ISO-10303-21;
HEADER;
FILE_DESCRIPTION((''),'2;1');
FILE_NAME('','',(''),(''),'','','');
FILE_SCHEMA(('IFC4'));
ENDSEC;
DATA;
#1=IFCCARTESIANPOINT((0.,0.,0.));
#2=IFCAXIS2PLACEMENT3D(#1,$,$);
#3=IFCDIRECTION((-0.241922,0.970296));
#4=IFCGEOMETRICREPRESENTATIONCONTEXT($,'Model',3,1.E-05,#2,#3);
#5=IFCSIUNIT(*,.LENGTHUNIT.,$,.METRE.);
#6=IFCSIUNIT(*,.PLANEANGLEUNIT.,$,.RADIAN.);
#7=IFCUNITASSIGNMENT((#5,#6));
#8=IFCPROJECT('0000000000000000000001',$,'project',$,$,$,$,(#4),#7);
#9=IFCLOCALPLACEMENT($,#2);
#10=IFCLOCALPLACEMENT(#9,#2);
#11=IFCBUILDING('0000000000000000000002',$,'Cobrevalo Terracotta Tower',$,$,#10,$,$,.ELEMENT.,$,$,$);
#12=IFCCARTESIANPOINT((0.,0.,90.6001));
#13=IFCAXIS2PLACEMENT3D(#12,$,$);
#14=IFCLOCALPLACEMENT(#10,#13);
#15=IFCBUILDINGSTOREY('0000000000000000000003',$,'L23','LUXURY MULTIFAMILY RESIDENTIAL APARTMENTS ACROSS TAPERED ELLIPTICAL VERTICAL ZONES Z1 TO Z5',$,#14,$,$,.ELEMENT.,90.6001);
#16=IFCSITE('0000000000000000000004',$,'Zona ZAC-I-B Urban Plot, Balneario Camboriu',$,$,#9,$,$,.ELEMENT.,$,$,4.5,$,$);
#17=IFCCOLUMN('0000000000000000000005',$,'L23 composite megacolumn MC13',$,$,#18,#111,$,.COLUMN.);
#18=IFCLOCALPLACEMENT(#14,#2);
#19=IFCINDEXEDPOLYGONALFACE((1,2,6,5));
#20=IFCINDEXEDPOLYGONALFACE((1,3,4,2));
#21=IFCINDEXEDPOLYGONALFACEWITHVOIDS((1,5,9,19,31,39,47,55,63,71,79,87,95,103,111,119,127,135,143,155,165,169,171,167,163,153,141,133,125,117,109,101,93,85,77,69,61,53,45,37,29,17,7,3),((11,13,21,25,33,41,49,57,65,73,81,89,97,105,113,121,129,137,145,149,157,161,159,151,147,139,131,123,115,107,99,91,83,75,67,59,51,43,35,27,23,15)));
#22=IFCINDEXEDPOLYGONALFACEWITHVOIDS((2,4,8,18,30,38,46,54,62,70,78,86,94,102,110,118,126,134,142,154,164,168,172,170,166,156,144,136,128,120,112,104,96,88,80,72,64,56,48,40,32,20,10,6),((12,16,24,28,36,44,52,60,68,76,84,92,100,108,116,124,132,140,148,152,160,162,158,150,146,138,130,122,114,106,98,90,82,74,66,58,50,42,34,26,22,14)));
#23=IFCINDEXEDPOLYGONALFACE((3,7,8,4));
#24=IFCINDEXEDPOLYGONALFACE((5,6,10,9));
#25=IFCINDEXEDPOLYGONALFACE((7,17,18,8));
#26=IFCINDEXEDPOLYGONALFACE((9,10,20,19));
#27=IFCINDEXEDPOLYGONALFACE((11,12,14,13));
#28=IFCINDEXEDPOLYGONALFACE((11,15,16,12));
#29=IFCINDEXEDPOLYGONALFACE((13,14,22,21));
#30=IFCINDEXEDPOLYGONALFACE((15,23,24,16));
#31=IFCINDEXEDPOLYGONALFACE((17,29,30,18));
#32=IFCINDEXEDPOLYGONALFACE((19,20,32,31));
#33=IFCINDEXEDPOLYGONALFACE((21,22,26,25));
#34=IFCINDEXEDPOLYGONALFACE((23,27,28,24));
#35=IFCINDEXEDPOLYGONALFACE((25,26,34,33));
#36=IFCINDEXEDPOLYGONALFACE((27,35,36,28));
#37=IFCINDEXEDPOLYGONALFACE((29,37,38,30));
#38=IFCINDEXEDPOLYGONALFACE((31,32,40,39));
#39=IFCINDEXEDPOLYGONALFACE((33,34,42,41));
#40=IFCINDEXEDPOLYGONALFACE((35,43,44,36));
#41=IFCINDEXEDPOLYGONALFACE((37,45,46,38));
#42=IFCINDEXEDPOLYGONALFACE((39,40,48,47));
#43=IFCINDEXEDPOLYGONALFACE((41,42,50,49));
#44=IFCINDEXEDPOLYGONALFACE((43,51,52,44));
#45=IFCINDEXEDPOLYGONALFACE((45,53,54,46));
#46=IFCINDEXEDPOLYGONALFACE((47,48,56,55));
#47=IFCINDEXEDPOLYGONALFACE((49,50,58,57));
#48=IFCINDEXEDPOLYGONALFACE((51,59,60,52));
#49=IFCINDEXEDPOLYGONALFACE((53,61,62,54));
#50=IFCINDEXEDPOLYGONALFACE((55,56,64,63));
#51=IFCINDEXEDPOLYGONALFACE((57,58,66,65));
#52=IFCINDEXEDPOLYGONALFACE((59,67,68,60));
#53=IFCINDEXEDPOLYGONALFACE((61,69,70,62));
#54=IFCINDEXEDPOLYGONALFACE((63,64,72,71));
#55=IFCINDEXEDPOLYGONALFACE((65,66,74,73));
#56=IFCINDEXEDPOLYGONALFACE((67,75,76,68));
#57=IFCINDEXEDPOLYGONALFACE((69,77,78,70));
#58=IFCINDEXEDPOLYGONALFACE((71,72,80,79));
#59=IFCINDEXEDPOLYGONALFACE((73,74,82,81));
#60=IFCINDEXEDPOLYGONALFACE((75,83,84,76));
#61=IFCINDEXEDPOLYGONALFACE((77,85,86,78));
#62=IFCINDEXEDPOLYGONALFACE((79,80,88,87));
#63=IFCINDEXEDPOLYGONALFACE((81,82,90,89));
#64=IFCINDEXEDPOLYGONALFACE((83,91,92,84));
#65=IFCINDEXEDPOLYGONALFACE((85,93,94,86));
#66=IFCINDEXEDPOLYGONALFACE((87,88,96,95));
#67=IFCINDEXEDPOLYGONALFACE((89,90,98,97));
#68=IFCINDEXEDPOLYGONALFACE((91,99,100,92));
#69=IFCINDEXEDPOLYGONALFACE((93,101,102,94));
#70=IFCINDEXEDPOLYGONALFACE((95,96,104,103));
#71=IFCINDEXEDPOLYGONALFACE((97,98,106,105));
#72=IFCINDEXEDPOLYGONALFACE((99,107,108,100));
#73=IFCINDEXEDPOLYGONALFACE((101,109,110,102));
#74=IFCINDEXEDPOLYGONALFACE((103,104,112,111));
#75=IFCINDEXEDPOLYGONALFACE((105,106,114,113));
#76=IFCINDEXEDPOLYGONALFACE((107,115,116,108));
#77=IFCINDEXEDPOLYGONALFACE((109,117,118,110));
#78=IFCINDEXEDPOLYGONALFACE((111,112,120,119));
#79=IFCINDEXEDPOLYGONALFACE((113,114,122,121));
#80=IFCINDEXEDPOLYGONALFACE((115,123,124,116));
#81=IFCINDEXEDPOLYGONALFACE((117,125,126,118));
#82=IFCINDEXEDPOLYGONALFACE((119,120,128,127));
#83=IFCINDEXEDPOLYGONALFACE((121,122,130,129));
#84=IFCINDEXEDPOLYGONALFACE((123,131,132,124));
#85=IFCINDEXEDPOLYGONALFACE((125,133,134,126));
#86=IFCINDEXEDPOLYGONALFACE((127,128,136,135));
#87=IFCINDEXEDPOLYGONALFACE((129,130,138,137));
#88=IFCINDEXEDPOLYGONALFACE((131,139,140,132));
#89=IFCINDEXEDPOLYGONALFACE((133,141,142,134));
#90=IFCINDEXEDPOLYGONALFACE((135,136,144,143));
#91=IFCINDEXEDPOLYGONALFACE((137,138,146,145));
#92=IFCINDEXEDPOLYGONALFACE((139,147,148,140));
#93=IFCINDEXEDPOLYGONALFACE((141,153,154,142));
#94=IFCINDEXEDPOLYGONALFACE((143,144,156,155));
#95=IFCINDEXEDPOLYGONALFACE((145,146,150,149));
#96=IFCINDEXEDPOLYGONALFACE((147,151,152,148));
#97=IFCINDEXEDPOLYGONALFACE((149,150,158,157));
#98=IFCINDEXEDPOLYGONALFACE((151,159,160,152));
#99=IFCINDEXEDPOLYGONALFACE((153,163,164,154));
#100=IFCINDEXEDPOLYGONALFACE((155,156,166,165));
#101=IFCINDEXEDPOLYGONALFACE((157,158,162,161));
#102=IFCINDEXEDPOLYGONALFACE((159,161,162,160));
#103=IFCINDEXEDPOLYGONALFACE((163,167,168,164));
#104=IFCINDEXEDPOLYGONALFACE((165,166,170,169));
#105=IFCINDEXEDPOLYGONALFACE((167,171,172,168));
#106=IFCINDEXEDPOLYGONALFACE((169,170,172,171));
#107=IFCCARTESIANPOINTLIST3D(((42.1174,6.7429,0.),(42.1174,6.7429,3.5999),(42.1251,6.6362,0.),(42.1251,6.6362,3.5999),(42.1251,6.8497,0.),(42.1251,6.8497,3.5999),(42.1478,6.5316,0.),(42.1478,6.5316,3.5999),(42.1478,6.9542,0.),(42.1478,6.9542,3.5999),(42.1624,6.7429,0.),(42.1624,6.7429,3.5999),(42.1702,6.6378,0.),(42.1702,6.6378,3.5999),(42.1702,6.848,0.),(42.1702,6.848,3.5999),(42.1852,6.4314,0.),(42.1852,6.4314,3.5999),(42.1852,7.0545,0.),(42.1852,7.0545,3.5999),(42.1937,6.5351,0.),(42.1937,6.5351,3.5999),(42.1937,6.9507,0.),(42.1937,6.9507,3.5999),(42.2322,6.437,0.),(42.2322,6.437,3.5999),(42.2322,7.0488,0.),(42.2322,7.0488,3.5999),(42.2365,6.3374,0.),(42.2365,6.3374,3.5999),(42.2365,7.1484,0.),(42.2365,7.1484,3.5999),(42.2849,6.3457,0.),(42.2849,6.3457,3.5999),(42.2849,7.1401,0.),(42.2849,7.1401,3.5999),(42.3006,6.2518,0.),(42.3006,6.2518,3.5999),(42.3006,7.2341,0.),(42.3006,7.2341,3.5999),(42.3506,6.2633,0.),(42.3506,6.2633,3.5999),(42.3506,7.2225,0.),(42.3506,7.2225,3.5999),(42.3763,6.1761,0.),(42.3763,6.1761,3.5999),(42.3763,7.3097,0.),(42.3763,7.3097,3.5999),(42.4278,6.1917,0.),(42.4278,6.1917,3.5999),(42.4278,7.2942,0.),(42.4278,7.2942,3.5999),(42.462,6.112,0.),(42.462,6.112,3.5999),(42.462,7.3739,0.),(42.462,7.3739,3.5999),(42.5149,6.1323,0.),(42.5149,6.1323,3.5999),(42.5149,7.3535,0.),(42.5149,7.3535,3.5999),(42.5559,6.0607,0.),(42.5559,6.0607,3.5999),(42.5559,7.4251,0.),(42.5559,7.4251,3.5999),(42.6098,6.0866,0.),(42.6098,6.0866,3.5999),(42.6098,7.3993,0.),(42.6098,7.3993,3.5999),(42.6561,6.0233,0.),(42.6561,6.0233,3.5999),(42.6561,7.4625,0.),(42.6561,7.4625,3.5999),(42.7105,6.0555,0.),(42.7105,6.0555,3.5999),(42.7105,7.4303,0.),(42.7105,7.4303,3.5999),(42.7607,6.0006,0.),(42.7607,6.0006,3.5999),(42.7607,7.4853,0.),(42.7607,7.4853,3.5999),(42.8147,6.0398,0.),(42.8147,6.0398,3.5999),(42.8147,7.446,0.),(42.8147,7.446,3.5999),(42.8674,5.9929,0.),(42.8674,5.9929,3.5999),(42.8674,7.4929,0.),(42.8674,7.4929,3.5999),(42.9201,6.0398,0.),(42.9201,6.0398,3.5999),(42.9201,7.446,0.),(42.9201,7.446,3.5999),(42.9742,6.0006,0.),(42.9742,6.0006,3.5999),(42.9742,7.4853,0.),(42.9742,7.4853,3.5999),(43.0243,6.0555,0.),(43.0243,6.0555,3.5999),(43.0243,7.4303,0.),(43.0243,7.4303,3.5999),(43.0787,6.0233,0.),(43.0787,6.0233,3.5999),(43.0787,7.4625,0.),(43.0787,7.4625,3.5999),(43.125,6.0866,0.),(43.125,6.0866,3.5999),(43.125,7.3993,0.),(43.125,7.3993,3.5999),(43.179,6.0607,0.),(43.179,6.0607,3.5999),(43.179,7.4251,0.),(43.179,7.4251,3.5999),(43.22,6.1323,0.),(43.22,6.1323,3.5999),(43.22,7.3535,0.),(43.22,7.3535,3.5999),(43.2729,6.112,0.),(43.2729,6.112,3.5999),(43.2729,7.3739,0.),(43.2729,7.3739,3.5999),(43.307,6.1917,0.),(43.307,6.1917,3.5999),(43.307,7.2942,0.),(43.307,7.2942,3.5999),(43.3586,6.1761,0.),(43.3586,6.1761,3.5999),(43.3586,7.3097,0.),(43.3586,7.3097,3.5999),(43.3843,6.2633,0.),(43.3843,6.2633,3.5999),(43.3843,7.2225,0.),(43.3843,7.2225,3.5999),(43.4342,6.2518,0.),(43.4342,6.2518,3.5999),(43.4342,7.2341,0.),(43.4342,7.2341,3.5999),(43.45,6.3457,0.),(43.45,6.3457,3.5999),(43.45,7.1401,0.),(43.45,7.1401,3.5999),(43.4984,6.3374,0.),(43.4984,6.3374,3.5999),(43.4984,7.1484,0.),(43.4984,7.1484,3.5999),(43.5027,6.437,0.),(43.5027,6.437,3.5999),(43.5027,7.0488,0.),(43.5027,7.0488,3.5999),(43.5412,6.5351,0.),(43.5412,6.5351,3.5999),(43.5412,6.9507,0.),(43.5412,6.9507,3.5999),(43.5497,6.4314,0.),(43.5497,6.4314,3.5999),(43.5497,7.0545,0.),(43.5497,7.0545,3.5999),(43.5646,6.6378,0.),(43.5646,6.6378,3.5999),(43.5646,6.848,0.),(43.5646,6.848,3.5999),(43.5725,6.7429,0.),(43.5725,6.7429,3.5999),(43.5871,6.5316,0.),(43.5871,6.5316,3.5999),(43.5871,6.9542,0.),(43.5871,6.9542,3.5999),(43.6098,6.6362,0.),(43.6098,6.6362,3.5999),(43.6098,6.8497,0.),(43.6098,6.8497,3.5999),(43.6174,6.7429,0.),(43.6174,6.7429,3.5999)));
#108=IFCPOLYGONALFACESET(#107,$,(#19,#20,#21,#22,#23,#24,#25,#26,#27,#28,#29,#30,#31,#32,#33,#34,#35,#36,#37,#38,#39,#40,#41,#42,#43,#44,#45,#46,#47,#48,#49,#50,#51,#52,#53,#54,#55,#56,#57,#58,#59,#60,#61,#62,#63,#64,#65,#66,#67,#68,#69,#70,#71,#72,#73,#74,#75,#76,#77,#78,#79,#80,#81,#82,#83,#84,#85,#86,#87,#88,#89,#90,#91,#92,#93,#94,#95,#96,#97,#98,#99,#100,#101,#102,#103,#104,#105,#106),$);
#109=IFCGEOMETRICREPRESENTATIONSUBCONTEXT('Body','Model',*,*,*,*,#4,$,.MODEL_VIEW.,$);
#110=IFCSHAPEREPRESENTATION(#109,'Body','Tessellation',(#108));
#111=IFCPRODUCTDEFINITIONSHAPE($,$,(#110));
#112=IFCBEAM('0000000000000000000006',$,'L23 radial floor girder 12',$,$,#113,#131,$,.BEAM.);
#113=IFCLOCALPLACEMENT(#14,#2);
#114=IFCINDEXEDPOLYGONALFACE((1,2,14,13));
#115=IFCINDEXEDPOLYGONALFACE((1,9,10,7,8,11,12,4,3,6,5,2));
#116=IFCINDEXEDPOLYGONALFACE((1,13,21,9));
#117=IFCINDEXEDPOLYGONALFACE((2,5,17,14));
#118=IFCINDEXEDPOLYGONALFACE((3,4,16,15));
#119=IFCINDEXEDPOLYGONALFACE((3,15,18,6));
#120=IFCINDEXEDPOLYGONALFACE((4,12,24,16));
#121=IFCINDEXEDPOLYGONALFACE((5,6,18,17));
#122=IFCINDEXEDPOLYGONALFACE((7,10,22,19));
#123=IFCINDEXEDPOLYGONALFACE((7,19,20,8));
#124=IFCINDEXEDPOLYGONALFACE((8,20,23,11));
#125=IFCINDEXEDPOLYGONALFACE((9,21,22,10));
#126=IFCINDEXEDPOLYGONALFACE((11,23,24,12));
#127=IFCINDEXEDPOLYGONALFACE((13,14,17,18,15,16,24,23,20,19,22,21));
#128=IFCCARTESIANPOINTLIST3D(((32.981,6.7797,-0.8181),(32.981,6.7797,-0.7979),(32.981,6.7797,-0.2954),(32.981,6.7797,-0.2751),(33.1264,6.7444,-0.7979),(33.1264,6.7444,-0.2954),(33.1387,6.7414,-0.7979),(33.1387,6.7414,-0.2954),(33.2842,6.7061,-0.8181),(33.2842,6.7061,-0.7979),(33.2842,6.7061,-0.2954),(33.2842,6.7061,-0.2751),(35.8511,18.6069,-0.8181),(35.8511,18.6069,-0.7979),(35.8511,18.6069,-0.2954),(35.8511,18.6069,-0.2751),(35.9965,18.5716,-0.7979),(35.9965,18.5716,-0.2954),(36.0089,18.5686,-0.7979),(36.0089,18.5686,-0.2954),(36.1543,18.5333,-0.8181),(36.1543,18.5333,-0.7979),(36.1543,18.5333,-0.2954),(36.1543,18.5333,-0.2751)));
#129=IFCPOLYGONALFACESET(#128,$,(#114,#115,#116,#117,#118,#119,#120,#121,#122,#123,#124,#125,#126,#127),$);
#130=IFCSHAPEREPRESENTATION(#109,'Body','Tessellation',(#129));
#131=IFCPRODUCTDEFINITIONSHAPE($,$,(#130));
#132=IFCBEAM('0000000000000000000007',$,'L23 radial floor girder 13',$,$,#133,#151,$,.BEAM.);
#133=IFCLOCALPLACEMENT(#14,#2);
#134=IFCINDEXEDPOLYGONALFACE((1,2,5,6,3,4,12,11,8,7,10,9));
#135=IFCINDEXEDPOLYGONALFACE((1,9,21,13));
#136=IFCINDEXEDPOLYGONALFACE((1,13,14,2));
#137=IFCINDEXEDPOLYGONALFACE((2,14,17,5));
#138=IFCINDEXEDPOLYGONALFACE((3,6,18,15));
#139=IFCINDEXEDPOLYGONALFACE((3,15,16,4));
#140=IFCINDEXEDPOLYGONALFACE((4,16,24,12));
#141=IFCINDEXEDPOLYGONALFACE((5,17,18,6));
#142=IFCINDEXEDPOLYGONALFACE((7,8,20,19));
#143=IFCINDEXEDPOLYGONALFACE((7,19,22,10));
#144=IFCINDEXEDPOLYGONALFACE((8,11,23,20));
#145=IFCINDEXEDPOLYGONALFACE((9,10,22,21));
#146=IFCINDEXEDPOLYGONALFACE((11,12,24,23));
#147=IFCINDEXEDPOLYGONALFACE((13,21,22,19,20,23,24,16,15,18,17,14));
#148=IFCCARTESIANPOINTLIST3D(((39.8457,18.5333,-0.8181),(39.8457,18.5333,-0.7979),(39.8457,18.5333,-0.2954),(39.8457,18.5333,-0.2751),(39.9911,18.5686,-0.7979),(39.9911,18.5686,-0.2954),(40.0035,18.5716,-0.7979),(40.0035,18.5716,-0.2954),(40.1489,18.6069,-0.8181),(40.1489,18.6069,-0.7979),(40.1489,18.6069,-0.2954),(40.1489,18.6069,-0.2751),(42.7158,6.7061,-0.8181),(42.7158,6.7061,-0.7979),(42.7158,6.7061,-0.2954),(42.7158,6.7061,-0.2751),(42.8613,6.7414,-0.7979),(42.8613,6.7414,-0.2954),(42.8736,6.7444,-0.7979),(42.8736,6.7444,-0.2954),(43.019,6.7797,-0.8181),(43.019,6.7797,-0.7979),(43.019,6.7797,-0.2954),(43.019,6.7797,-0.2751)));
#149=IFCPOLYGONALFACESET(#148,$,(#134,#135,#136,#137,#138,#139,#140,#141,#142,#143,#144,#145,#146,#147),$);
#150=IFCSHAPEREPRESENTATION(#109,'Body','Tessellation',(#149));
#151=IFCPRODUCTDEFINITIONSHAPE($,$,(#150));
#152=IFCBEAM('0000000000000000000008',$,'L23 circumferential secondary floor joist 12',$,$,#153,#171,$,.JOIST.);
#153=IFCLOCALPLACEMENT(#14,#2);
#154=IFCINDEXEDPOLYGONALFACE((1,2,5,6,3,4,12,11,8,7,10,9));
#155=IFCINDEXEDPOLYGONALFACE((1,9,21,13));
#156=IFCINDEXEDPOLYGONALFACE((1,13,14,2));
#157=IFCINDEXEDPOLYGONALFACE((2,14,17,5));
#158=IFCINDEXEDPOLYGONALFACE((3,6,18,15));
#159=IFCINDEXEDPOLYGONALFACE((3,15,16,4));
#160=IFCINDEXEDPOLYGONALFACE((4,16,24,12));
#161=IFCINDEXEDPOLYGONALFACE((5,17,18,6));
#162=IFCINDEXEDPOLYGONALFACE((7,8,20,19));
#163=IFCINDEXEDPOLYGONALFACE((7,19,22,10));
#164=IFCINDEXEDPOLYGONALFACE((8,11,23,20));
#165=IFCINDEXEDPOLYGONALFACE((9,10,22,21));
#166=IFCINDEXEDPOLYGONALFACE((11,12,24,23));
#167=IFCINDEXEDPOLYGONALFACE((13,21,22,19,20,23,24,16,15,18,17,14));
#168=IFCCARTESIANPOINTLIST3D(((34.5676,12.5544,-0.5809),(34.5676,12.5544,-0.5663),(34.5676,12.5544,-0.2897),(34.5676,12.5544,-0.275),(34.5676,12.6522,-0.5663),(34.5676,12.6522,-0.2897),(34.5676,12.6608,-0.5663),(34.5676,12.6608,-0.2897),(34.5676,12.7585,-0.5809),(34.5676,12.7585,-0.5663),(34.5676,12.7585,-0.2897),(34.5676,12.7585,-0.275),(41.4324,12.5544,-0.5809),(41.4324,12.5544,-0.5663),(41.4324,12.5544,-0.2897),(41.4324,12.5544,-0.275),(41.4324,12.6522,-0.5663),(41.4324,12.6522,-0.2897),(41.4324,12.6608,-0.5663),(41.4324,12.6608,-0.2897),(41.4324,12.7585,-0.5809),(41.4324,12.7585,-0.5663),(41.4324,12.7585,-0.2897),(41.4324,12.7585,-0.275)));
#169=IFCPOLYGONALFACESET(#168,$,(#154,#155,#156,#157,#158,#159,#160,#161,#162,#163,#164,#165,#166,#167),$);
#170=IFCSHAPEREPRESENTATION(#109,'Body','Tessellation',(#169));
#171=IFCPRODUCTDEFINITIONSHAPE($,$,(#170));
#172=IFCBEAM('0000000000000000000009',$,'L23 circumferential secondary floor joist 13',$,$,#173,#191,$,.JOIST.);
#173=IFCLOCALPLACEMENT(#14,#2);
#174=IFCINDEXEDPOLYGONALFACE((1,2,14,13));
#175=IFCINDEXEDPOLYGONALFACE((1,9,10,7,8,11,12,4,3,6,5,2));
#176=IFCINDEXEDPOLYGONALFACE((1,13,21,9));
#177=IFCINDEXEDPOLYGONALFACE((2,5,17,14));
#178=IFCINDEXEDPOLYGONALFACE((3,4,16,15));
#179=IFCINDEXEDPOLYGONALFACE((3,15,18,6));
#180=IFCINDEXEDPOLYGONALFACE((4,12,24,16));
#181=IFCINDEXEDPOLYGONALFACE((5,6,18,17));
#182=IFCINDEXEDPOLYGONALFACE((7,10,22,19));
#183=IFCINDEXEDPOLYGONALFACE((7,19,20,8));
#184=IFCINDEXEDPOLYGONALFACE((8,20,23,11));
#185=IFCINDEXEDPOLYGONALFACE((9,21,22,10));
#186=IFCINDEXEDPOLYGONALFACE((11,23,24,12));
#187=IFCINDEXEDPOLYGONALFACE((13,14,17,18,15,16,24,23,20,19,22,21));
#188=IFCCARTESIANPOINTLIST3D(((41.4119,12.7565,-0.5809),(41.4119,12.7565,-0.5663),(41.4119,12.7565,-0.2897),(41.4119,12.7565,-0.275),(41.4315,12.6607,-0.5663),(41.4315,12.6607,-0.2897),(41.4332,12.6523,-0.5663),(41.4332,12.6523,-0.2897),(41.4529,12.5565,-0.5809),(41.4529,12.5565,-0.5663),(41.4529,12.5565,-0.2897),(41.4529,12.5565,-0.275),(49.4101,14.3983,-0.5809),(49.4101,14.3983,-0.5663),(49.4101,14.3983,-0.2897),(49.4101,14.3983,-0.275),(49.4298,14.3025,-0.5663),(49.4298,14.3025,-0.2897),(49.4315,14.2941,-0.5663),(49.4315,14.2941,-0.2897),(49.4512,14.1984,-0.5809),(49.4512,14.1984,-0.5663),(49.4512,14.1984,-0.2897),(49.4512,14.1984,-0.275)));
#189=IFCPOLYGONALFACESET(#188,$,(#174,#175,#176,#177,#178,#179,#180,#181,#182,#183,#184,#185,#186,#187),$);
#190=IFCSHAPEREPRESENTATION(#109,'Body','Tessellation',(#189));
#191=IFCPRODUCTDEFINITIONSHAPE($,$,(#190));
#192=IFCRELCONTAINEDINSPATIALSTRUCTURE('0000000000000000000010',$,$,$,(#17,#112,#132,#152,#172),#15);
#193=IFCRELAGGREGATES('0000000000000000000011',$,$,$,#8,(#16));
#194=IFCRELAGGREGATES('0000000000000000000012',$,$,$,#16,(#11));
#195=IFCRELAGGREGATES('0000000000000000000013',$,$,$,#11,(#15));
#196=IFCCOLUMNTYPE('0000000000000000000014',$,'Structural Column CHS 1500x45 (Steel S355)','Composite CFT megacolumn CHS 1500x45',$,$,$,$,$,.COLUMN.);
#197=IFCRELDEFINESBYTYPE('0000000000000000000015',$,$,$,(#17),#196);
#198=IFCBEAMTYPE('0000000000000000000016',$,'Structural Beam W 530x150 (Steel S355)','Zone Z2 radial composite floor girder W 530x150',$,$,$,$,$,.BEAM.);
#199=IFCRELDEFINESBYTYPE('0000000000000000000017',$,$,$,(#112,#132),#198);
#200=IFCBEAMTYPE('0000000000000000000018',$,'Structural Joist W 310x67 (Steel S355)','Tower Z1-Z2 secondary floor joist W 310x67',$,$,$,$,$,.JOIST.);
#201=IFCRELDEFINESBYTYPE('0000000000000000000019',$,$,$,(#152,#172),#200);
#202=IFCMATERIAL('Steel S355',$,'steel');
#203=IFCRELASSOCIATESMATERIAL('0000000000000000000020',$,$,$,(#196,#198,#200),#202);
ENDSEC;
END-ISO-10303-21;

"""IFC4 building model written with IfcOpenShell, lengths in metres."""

from ifc_helpers import new_model, si_unit, direction, frame, origin, origin_2d, place, context, subcontext, project, spatial, hollow_circle, i_section, extrude, material, material_profile, profile_set, type_object, element, save


model = new_model("IFC4")

# Units and contexts
model_context = context("Model", 3, precision=1e-05, world=origin(), true_north=direction((-0.241922, 0.970296)))
body_context = subcontext(model_context, "Body", "Model", "MODEL_VIEW")
ifc_project = project(units=[si_unit("LENGTHUNIT", "METRE"), si_unit("PLANEANGLEUNIT", "RADIAN")], contexts=[model_context])

# Site, building, storey
site_placement = place(None, origin())
site = spatial("IfcSite", under=ifc_project, at=site_placement, Name="Zona ZAC-I-B Urban Plot, Balneario Camboriu", CompositionType="ELEMENT", RefElevation=4.5)
building_placement = place(site_placement, origin())
building = spatial("IfcBuilding", under=site, at=building_placement, Name="Cobrevalo Terracotta Tower", CompositionType="ELEMENT")
storey_placement = place(building_placement, frame((0.0, 0.0, 90.6001)))
storey = spatial("IfcBuildingStorey", under=building, at=storey_placement, Name="L23", Description="LUXURY MULTIFAMILY RESIDENTIAL APARTMENTS ACROSS TAPERED ELLIPTICAL VERTICAL ZONES Z1 TO Z5", CompositionType="ELEMENT", Elevation=90.6001)

# Column
ifc_material_1 = material(Name="Steel S355", Category="steel")
ifc_material_profile_1 = material_profile(ifc_material_1, hollow_circle(Radius=0.75, WallThickness=0.0449, at=origin_2d()), Name="CHS 1500x45")
ifc_profile_set_1 = profile_set([ifc_material_profile_1], Name="Steel S355")
column_type = type_object("IfcColumnType", Name="Structural Column CHS 1500x45 (Steel S355)", Description="Composite CFT megacolumn CHS 1500x45", PredefinedType="COLUMN", material=ifc_profile_set_1)
column_placement = place(storey_placement, frame((42.8674, 6.7429, 0.0), z_axis=(0.0, 0.0, 1.0), x_axis=(1.0, 0.0, 0.0)))
element("IfcColumn", 1, at=column_placement, inside=storey, type_object=column_type, Name="L23 composite megacolumn MC13", PredefinedType="COLUMN", context=body_context, shape_type="SweptSolid", body=[
    extrude(hollow_circle(Radius=0.75, WallThickness=0.0449, at=origin_2d()), origin(), (0.0, 0.0, 1.0), 3.5999),
])

# Beams
ifc_material_profile_2 = material_profile(ifc_material_1, i_section(OverallWidth=0.312, OverallDepth=0.543, WebThickness=0.0127, FlangeThickness=0.0203, at=origin_2d()), Name="W 530x150")
ifc_profile_set_2 = profile_set([ifc_material_profile_2], Name="Steel S355")
beam_type_1 = type_object("IfcBeamType", Name="Structural Beam W 530x150 (Steel S355)", Description="Zone Z2 radial composite floor girder W 530x150", PredefinedType="BEAM", material=ifc_profile_set_2)
for number, where, z_axis, x_axis, name in (
    (2, (33.1326, 6.7429, -0.5466), (0.235827, 0.971795, 0.0), (-0.971795, 0.235827, 0.0), "L23 radial floor girder 12"),
    (3, (42.8674, 6.7429, -0.5466), (-0.235827, 0.971795, 0.0), (-0.971795, -0.235827, 0.0), "L23 radial floor girder 13"),
):
    element("IfcBeam", number, at=place(storey_placement, frame(where, z_axis=z_axis, x_axis=x_axis)), inside=storey, type_object=beam_type_1, Name=name, PredefinedType="BEAM", context=body_context, shape_type="SweptSolid", body=[
        extrude(i_section(OverallWidth=0.312, OverallDepth=0.543, WebThickness=0.0127, FlangeThickness=0.0203, at=origin_2d()), origin(), (0.0, 0.0, 1.0), 12.1704),
    ])
ifc_material_profile_3 = material_profile(ifc_material_1, i_section(OverallWidth=0.2041, OverallDepth=0.3059, WebThickness=0.0085, FlangeThickness=0.0146, at=origin_2d()), Name="W 310x67")
ifc_profile_set_3 = profile_set([ifc_material_profile_3], Name="Steel S355")
beam_type_2 = type_object("IfcBeamType", Name="Structural Joist W 310x67 (Steel S355)", Description="Tower Z1-Z2 secondary floor joist W 310x67", PredefinedType="JOIST", material=ifc_profile_set_3)
beam_1_placement = place(storey_placement, frame((34.5676, 12.6565, -0.428), z_axis=(1.0, 0.0, 0.0), x_axis=(0.0, 1.0, 0.0)))
element("IfcBeam", 4, at=beam_1_placement, inside=storey, type_object=beam_type_2, Name="L23 circumferential secondary floor joist 12", PredefinedType="JOIST", context=body_context, shape_type="SweptSolid", body=[
    extrude(i_section(OverallWidth=0.2041, OverallDepth=0.3059, WebThickness=0.0085, FlangeThickness=0.0146, at=origin_2d()), origin(), (0.0, 0.0, 1.0), 6.8647),
])
beam_2_placement = place(storey_placement, frame((41.4324, 12.6565, -0.428), z_axis=(0.979574, 0.201082, 0.0), x_axis=(-0.201082, 0.979574, 0.0)))
element("IfcBeam", 5, at=beam_2_placement, inside=storey, type_object=beam_type_2, Name="L23 circumferential secondary floor joist 13", PredefinedType="JOIST", context=body_context, shape_type="SweptSolid", body=[
    extrude(i_section(OverallWidth=0.2041, OverallDepth=0.3059, WebThickness=0.0085, FlangeThickness=0.0146, at=origin_2d()), origin(), (0.0, 0.0, 1.0), 8.165),
])

save(model, "model.ifc")
